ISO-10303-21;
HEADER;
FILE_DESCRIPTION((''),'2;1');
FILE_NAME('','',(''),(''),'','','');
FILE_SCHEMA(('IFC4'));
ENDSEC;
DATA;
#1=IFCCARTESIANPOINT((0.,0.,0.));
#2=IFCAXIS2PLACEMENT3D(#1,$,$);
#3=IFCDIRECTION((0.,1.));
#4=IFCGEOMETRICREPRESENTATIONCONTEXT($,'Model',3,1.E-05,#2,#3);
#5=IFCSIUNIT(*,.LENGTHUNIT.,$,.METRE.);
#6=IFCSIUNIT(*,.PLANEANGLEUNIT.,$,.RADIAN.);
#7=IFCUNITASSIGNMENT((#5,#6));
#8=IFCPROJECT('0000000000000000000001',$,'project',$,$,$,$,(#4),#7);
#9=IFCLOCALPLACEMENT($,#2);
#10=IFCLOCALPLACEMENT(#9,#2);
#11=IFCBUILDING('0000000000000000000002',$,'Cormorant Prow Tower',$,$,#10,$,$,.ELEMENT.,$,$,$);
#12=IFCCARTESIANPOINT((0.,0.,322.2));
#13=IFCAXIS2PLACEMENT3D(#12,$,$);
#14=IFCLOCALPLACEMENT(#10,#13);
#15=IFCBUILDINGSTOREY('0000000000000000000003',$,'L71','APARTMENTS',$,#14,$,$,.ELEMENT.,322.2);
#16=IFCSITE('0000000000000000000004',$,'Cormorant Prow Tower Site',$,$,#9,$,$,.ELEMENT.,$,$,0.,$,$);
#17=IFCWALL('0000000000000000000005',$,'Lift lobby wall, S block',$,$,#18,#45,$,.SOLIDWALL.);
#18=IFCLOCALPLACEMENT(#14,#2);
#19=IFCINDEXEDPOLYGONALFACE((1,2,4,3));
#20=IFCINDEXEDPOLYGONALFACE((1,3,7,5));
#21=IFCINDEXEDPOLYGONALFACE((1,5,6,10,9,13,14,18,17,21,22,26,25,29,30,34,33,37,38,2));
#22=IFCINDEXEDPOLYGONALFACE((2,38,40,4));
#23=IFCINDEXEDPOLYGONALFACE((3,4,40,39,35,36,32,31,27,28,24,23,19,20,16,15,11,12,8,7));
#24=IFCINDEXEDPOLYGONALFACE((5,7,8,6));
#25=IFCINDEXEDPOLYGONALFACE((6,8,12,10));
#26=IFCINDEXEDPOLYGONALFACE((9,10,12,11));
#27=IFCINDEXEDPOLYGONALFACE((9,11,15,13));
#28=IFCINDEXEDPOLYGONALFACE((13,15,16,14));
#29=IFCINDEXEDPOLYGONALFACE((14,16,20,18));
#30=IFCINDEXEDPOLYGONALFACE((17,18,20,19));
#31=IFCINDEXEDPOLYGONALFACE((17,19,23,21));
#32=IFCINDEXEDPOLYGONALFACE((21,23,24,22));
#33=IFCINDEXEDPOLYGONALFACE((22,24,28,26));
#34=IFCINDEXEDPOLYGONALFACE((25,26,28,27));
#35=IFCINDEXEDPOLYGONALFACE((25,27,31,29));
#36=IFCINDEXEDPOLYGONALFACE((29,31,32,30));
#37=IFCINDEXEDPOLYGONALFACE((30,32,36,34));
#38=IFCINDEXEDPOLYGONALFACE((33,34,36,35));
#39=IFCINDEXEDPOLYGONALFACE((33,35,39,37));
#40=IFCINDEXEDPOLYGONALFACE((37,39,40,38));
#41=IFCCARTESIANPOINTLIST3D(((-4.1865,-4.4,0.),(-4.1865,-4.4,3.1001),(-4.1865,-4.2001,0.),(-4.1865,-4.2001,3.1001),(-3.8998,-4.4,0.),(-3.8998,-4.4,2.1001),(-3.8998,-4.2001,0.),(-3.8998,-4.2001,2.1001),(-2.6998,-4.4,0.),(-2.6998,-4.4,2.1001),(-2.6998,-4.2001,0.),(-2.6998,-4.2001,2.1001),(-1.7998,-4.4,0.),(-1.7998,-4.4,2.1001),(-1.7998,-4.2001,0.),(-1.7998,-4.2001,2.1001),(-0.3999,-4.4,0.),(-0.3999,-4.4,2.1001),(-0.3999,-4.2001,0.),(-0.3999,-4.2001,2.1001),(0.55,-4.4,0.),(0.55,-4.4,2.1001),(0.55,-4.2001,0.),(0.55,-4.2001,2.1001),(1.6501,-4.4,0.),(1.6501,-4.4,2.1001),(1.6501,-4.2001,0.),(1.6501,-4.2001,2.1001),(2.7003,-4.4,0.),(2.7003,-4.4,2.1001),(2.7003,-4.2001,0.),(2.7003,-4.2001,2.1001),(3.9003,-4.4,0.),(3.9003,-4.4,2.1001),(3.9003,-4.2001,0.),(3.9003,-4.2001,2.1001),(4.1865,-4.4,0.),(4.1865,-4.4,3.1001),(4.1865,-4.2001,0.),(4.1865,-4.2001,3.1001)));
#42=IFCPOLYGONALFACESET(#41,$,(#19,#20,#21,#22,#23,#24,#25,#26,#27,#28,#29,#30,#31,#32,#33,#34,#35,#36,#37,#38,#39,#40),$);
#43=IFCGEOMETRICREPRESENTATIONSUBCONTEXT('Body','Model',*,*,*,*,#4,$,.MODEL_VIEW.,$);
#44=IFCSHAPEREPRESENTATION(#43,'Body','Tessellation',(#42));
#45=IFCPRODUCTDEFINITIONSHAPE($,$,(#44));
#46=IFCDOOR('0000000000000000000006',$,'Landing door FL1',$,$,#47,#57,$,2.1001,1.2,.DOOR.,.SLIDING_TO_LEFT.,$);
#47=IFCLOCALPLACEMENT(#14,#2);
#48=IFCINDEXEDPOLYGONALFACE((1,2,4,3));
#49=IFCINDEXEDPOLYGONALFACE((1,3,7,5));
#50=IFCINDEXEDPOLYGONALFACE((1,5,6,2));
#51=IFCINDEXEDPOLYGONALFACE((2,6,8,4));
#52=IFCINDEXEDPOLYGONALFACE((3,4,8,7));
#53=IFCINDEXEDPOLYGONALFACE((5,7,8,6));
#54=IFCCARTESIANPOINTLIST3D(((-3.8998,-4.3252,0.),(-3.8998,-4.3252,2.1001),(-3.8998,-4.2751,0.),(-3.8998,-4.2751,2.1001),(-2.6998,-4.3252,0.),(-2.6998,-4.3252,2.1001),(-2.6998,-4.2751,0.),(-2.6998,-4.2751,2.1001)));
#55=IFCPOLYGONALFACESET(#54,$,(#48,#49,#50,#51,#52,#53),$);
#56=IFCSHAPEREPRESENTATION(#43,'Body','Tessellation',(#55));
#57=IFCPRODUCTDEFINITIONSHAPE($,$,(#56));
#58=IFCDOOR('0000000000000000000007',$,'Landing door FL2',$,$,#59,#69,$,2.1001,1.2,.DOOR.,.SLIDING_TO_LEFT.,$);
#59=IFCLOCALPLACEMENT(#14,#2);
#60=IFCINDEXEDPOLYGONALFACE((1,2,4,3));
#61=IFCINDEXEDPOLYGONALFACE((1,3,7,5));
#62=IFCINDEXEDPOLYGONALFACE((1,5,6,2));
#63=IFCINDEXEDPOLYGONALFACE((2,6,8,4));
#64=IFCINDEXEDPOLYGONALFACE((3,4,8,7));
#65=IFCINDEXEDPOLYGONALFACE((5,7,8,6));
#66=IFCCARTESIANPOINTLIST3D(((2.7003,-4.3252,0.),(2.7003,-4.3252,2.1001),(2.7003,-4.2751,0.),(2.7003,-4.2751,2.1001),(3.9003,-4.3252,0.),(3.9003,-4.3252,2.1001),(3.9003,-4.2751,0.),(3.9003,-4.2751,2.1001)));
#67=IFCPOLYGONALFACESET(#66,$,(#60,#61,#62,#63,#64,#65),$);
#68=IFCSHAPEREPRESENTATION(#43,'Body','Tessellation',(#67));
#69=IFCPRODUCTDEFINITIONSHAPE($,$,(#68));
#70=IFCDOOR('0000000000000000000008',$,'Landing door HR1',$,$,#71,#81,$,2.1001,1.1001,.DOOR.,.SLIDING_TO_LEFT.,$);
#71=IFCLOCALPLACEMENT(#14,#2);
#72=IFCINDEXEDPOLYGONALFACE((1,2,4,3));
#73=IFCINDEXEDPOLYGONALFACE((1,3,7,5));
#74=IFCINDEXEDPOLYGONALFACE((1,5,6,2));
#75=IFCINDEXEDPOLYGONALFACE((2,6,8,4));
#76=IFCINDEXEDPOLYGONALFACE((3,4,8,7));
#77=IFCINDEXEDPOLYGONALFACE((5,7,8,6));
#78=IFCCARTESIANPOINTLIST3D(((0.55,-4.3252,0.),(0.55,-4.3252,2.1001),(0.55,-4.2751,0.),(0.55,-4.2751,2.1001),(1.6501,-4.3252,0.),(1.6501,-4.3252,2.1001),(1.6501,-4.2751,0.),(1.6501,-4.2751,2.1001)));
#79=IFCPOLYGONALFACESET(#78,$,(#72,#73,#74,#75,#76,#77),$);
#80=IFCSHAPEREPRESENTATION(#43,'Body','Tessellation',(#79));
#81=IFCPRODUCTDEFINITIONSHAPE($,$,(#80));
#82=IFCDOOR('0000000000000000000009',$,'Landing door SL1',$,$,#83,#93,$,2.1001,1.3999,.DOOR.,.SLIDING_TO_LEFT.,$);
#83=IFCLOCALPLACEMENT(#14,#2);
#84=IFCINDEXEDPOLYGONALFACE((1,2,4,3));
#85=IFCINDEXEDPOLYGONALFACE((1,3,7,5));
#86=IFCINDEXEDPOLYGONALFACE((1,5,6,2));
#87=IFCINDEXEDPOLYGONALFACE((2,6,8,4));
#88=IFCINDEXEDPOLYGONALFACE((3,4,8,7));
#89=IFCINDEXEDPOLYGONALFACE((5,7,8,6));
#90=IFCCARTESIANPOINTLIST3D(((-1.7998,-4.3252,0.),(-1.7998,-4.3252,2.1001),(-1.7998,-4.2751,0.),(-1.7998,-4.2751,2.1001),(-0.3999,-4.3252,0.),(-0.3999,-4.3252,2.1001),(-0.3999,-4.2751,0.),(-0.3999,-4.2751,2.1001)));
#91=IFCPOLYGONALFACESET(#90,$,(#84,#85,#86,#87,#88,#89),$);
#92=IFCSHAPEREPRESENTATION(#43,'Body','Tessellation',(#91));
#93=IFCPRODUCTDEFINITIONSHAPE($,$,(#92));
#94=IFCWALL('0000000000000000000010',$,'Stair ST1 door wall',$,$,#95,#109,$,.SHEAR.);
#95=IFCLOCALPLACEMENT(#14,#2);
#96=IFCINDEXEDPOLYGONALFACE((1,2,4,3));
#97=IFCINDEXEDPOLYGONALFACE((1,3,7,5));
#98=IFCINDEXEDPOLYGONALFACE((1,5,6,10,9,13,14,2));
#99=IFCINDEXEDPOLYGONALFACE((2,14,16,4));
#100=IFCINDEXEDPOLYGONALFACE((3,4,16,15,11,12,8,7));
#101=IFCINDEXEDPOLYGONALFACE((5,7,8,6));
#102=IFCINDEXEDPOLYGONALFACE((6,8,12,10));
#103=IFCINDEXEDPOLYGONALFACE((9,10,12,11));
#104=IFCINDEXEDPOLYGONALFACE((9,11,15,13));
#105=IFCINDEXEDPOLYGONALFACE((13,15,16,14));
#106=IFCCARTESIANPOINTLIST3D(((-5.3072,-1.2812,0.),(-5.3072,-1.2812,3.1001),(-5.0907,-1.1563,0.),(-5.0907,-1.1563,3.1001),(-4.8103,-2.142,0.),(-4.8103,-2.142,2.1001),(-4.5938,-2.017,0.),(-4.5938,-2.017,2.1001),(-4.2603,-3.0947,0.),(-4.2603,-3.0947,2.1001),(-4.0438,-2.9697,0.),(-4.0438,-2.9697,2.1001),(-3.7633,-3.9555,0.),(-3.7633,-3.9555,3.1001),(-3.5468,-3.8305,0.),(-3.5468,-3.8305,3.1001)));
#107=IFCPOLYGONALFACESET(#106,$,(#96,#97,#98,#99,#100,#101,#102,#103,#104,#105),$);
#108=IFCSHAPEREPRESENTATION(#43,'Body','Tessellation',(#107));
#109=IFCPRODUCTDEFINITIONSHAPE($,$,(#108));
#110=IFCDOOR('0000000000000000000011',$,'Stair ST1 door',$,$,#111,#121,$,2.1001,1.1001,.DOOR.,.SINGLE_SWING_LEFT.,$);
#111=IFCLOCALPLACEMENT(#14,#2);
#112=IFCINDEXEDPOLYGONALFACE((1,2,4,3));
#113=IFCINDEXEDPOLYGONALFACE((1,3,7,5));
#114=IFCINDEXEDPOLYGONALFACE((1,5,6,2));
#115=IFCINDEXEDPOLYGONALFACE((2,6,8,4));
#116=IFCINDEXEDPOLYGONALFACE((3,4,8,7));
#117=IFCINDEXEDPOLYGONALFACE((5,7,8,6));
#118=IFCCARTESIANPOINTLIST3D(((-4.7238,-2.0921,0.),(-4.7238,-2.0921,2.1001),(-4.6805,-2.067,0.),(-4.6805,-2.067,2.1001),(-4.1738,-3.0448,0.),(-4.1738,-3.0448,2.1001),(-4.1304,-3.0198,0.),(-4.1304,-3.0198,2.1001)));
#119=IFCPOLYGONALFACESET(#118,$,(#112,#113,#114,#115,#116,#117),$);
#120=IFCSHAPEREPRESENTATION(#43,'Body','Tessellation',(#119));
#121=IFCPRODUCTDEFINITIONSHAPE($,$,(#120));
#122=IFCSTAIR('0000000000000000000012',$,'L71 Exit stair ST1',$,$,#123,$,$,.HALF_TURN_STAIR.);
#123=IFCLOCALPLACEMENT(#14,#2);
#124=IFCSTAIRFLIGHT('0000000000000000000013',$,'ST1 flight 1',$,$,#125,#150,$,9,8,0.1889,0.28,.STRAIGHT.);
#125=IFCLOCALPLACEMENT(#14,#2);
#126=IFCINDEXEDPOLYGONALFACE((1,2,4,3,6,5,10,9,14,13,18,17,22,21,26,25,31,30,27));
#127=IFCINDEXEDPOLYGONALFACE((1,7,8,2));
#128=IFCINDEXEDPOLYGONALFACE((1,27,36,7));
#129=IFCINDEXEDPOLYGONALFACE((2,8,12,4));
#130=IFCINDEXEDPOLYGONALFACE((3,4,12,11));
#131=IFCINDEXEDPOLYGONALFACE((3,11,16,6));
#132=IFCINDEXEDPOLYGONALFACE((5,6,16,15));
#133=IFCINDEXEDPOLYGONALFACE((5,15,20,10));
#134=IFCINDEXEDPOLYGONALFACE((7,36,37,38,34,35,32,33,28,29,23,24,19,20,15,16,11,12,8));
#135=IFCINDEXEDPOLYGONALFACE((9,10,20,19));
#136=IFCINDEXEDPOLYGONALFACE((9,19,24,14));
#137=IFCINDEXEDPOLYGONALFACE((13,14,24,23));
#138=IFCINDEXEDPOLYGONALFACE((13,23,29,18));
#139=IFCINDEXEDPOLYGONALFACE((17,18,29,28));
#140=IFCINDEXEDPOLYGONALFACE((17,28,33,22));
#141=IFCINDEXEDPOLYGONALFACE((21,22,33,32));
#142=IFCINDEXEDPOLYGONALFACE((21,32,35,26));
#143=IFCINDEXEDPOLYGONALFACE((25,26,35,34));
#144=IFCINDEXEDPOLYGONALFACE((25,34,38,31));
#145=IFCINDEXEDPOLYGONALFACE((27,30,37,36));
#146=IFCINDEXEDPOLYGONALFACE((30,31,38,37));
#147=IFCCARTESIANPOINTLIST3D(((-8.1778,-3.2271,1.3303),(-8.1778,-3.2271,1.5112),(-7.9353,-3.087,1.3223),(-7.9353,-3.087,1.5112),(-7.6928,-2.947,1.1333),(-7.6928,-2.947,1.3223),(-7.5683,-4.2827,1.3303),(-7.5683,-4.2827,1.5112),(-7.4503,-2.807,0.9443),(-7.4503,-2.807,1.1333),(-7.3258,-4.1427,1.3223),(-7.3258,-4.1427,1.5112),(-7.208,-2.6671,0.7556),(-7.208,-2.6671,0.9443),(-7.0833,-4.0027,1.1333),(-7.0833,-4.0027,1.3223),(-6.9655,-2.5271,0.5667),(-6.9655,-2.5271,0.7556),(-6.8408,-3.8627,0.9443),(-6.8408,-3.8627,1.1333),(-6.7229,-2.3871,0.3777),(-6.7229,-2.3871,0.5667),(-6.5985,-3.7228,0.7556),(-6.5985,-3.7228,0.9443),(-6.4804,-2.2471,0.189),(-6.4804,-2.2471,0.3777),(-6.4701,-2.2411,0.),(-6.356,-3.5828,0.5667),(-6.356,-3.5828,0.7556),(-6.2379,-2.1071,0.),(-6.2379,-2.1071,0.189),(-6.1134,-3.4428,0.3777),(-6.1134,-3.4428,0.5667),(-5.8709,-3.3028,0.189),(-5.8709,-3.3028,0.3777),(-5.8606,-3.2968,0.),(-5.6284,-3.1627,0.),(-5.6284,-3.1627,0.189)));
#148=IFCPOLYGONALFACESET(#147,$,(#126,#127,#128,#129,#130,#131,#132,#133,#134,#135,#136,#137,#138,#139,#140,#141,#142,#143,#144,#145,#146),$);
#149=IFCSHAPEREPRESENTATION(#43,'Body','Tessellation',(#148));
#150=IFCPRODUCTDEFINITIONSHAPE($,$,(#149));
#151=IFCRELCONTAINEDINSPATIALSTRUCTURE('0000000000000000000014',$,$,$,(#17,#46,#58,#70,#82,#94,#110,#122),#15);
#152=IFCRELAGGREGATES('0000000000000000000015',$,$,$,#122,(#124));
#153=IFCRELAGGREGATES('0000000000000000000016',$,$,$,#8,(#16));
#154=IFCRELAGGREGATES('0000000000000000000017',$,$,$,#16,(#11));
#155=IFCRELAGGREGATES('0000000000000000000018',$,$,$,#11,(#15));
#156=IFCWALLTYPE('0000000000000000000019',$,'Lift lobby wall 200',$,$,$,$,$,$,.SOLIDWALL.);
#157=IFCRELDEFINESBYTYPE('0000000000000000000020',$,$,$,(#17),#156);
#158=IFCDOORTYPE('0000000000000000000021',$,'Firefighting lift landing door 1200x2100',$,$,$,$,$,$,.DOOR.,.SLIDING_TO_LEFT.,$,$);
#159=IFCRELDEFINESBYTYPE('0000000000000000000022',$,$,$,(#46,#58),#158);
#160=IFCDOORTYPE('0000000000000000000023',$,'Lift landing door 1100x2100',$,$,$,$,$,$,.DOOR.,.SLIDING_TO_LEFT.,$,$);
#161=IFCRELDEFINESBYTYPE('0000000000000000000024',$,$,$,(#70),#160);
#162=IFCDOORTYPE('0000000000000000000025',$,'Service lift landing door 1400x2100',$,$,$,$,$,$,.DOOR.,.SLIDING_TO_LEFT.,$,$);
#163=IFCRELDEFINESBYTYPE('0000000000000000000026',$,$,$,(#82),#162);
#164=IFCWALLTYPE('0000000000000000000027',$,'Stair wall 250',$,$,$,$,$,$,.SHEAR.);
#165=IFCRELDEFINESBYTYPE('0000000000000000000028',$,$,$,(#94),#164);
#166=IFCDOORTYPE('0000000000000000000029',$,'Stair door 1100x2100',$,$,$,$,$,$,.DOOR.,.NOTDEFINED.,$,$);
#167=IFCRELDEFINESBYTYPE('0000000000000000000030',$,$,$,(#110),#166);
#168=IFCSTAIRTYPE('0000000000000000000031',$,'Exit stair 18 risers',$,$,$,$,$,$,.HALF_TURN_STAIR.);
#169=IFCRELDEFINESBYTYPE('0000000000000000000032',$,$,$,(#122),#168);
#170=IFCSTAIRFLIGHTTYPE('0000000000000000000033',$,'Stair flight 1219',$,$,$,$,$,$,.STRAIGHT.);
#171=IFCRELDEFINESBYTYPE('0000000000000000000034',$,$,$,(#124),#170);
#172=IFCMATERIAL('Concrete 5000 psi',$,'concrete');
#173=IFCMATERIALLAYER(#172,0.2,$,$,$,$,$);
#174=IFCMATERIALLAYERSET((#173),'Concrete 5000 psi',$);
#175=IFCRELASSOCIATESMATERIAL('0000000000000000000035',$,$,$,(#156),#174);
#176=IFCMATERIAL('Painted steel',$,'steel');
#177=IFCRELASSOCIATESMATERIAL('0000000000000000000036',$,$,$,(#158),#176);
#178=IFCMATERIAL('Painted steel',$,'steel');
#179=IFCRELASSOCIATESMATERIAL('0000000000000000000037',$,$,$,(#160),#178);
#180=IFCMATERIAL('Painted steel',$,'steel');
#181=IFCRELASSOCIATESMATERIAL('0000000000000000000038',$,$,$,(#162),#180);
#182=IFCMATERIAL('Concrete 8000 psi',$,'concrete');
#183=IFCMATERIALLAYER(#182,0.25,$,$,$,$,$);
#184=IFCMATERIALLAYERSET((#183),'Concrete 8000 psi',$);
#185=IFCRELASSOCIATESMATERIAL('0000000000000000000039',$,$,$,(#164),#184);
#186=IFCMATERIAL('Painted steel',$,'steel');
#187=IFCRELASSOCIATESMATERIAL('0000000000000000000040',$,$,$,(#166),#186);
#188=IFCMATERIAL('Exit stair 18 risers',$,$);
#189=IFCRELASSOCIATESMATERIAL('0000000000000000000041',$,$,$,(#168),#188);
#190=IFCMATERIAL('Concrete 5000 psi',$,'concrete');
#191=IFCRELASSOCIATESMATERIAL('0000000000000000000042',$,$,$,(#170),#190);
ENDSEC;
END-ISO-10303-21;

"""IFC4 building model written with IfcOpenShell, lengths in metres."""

from ifc_helpers import new_model, si_unit, direction, frame, frame_2d, origin, place, context, subcontext, project, spatial, polyline, rectangle, outline, extrude, material, layer, layer_set, type_object, element, fill, aggregate, save


model = new_model("IFC4")

# Units and contexts
model_context = context("Model", 3, precision=1e-05, world=origin(), true_north=direction((0.0, 1.0)))
body_context = subcontext(model_context, "Body", "Model", "MODEL_VIEW")
ifc_project = project(units=[si_unit("LENGTHUNIT", "METRE"), si_unit("PLANEANGLEUNIT", "RADIAN")], contexts=[model_context])

# Site, building, storey
site_placement = place(None, origin())
site = spatial("IfcSite", under=ifc_project, at=site_placement, Name="Cormorant Prow Tower Site", CompositionType="ELEMENT", RefElevation=0.0)
building_placement = place(site_placement, origin())
building = spatial("IfcBuilding", under=site, at=building_placement, Name="Cormorant Prow Tower", CompositionType="ELEMENT")
storey_placement = place(building_placement, frame((0.0, 0.0, 322.2)))
storey = spatial("IfcBuildingStorey", under=building, at=storey_placement, Name="L71", Description="APARTMENTS", CompositionType="ELEMENT", Elevation=322.2)

# Wall, openings, doors
ifc_material_1 = material(Name="Concrete 5000 psi", Category="concrete")
ifc_layer_1 = layer(ifc_material_1, 0.2)
ifc_layer_set_1 = layer_set([ifc_layer_1], Name="Concrete 5000 psi")
wall_type_1 = type_object("IfcWallType", Name="Lift lobby wall 200", PredefinedType="SOLIDWALL", material=ifc_layer_set_1)
wall_1_placement = place(storey_placement, frame((-4.1865, -4.3, 0.0), z_axis=(0.0, 0.0, 1.0), x_axis=(1.0, 0.0, 0.0)))
wall_1 = element("IfcWall", 1, at=wall_1_placement, inside=storey, type_object=wall_type_1, Name="Lift lobby wall, S block", PredefinedType="SOLIDWALL", context=body_context, shape_type="SweptSolid", body=[
    extrude(rectangle(XDim=8.373, YDim=0.2, at=frame_2d((4.1865, 0.0))), origin(), (0.0, 0.0, 1.0), 3.1001),
])
opening_1_placement = place(wall_1_placement, frame((0.2866, 0.0, 0.0)))
opening_1 = element("IfcOpeningElement", 2, at=opening_1_placement, cuts=wall_1, PredefinedType="OPENING", context=body_context, shape_type="SweptSolid", body=[
    extrude(rectangle(XDim=1.2, YDim=2.1001, at=frame_2d((0.6001, 1.05))), frame((0.0, 0.1099, 0.0), z_axis=(0.0, -1.0, 0.0), x_axis=(1.0, 0.0, 0.0)), (0.0, 0.0, 1.0), 0.22),
])
opening_2_placement = place(wall_1_placement, frame((2.3867, 0.0, 0.0)))
opening_2 = element("IfcOpeningElement", 3, at=opening_2_placement, cuts=wall_1, PredefinedType="OPENING", context=body_context, shape_type="SweptSolid", body=[
    extrude(rectangle(XDim=1.3999, YDim=2.1001, at=frame_2d((0.7, 1.05))), frame((0.0, 0.1099, 0.0), z_axis=(0.0, -1.0, 0.0), x_axis=(1.0, 0.0, 0.0)), (0.0, 0.0, 1.0), 0.22),
])
opening_3_placement = place(wall_1_placement, frame((4.7366, 0.0, 0.0)))
opening_3 = element("IfcOpeningElement", 4, at=opening_3_placement, cuts=wall_1, PredefinedType="OPENING", context=body_context, shape_type="SweptSolid", body=[
    extrude(rectangle(XDim=1.1001, YDim=2.1001, at=frame_2d((0.55, 1.05))), frame((0.0, 0.1099, 0.0), z_axis=(0.0, -1.0, 0.0), x_axis=(1.0, 0.0, 0.0)), (0.0, 0.0, 1.0), 0.22),
])
opening_4_placement = place(wall_1_placement, frame((6.8867, 0.0, 0.0)))
opening_4 = element("IfcOpeningElement", 5, at=opening_4_placement, cuts=wall_1, PredefinedType="OPENING", context=body_context, shape_type="SweptSolid", body=[
    extrude(rectangle(XDim=1.2, YDim=2.1001, at=frame_2d((0.6001, 1.05))), frame((0.0, 0.1099, 0.0), z_axis=(0.0, -1.0, 0.0), x_axis=(1.0, 0.0, 0.0)), (0.0, 0.0, 1.0), 0.22),
])
ifc_material_2 = material(Name="Painted steel", Category="steel")
door_type_1 = type_object("IfcDoorType", Name="Firefighting lift landing door 1200x2100", OperationType="SLIDING_TO_LEFT", PredefinedType="DOOR", material=ifc_material_2)
door_1_placement = place(opening_1_placement, origin())
door_1 = element("IfcDoor", 6, at=door_1_placement, inside=storey, type_object=door_type_1, Name="Landing door FL1", OperationType="SLIDING_TO_LEFT", OverallHeight=2.1001, OverallWidth=1.2, PredefinedType="DOOR", context=body_context, shape_type="SweptSolid", body=[
    extrude(rectangle(XDim=1.2, YDim=2.1001, at=frame_2d((0.6001, 1.05))), frame((0.0, 0.0249, 0.0), z_axis=(0.0, -1.0, 0.0), x_axis=(1.0, 0.0, 0.0)), (0.0, 0.0, 1.0), 0.05),
])
fill(opening_1, door_1)
door_2_placement = place(opening_4_placement, origin())
door_2 = element("IfcDoor", 7, at=door_2_placement, inside=storey, type_object=door_type_1, Name="Landing door FL2", OperationType="SLIDING_TO_LEFT", OverallHeight=2.1001, OverallWidth=1.2, PredefinedType="DOOR", context=body_context, shape_type="SweptSolid", body=[
    extrude(rectangle(XDim=1.2, YDim=2.1001, at=frame_2d((0.6001, 1.05))), frame((0.0, 0.0249, 0.0), z_axis=(0.0, -1.0, 0.0), x_axis=(1.0, 0.0, 0.0)), (0.0, 0.0, 1.0), 0.05),
])
fill(opening_4, door_2)
ifc_material_3 = material(Name="Painted steel", Category="steel")
door_type_2 = type_object("IfcDoorType", Name="Lift landing door 1100x2100", OperationType="SLIDING_TO_LEFT", PredefinedType="DOOR", material=ifc_material_3)
door_3_placement = place(opening_3_placement, origin())
door_3 = element("IfcDoor", 8, at=door_3_placement, inside=storey, type_object=door_type_2, Name="Landing door HR1", OperationType="SLIDING_TO_LEFT", OverallHeight=2.1001, OverallWidth=1.1001, PredefinedType="DOOR", context=body_context, shape_type="SweptSolid", body=[
    extrude(rectangle(XDim=1.1001, YDim=2.1001, at=frame_2d((0.55, 1.05))), frame((0.0, 0.0249, 0.0), z_axis=(0.0, -1.0, 0.0), x_axis=(1.0, 0.0, 0.0)), (0.0, 0.0, 1.0), 0.05),
])
fill(opening_3, door_3)
ifc_material_4 = material(Name="Painted steel", Category="steel")
door_type_3 = type_object("IfcDoorType", Name="Service lift landing door 1400x2100", OperationType="SLIDING_TO_LEFT", PredefinedType="DOOR", material=ifc_material_4)
door_4_placement = place(opening_2_placement, origin())
door_4 = element("IfcDoor", 9, at=door_4_placement, inside=storey, type_object=door_type_3, Name="Landing door SL1", OperationType="SLIDING_TO_LEFT", OverallHeight=2.1001, OverallWidth=1.3999, PredefinedType="DOOR", context=body_context, shape_type="SweptSolid", body=[
    extrude(rectangle(XDim=1.3999, YDim=2.1001, at=frame_2d((0.7, 1.05))), frame((0.0, 0.0249, 0.0), z_axis=(0.0, -1.0, 0.0), x_axis=(1.0, 0.0, 0.0)), (0.0, 0.0, 1.0), 0.05),
])
fill(opening_2, door_4)

# Wall, opening, door
ifc_material_5 = material(Name="Concrete 8000 psi", Category="concrete")
ifc_layer_2 = layer(ifc_material_5, 0.25)
ifc_layer_set_2 = layer_set([ifc_layer_2], Name="Concrete 8000 psi")
wall_type_2 = type_object("IfcWallType", Name="Stair wall 250", PredefinedType="SHEAR", material=ifc_layer_set_2)
wall_2_placement = place(storey_placement, frame((-5.199, -1.2188, 0.0), z_axis=(0.0, 0.0, 1.0), x_axis=(0.499983, -0.866035, 0.0)))
wall_2 = element("IfcWall", 10, at=wall_2_placement, inside=storey, type_object=wall_type_2, Name="Stair ST1 door wall", PredefinedType="SHEAR", context=body_context, shape_type="SweptSolid", body=[
    extrude(rectangle(XDim=3.0879, YDim=0.25, at=frame_2d((1.5439, 0.0))), origin(), (0.0, 0.0, 1.0), 3.1001),
])
opening_5_placement = place(wall_2_placement, frame((0.9939, 0.0, 0.0)))
opening_5 = element("IfcOpeningElement", 11, at=opening_5_placement, cuts=wall_2, PredefinedType="OPENING", context=body_context, shape_type="SweptSolid", body=[
    extrude(rectangle(XDim=1.1001, YDim=2.1001, at=frame_2d((0.55, 1.05))), frame((0.0, 0.135, 0.0), z_axis=(0.0, -1.0, 0.0), x_axis=(1.0, 0.0, 0.0)), (0.0, 0.0, 1.0), 0.27),
])
ifc_material_6 = material(Name="Painted steel", Category="steel")
door_type_4 = type_object("IfcDoorType", Name="Stair door 1100x2100", OperationType="NOTDEFINED", PredefinedType="DOOR", material=ifc_material_6)
door_5_placement = place(opening_5_placement, origin())
door_5 = element("IfcDoor", 12, at=door_5_placement, inside=storey, type_object=door_type_4, Name="Stair ST1 door", OperationType="SINGLE_SWING_LEFT", OverallHeight=2.1001, OverallWidth=1.1001, PredefinedType="DOOR", context=body_context, shape_type="SweptSolid", body=[
    extrude(rectangle(XDim=1.1001, YDim=2.1001, at=frame_2d((0.55, 1.05))), frame((0.0, 0.0249, 0.0), z_axis=(0.0, -1.0, 0.0), x_axis=(1.0, 0.0, 0.0)), (0.0, 0.0, 1.0), 0.05),
])
fill(opening_5, door_5)

# Stair, stair flight
ifc_material_7 = material(Name="Exit stair 18 risers")
stair_type = type_object("IfcStairType", Name="Exit stair 18 risers", PredefinedType="HALF_TURN_STAIR", material=ifc_material_7)
stair_placement = place(storey_placement, origin())
stair = element("IfcStair", 13, at=stair_placement, inside=storey, type_object=stair_type, Name="L71 Exit stair ST1", PredefinedType="HALF_TURN_STAIR")
ifc_material_8 = material(Name="Concrete 5000 psi", Category="concrete")
stair_flight_type = type_object("IfcStairFlightType", Name="Stair flight 1219", PredefinedType="STRAIGHT", material=ifc_material_8)
stair_flight_1_placement = place(storey_placement, frame((-5.9331, -2.635, 0.0), z_axis=(0.0, 0.0, 1.0), x_axis=(-0.866025, -0.5, 0.0)))
stair_flight_1 = element("IfcStairFlight", 14, at=stair_flight_1_placement, type_object=stair_flight_type, Name="ST1 flight 1", NumberOfRisers=9, NumberOfTreads=8, PredefinedType="STRAIGHT", RiserHeight=0.1889, TreadLength=0.28, context=body_context, shape_type="SweptSolid", body=[
    extrude(outline(polyline([(0.0, 0.0), (0.0, 0.189), (0.28, 0.189), (0.28, 0.3777), (0.5601, 0.3777), (0.5601, 0.5667), (0.8401, 0.5667), (0.8401, 0.7556), (1.1201, 0.7556), (1.1201, 0.9443), (1.3999, 0.9443), (1.3999, 1.1333), (1.6799, 1.1333), (1.6799, 1.3223), (1.96, 1.3223), (1.96, 1.5112), (2.24, 1.5112), (2.24, 1.7), (2.24, 1.3303), (0.2681, 0.0), (0.0, 0.0)])), frame((0.0, 0.6094, 0.0), z_axis=(0.0, -1.0, 0.0), x_axis=(1.0, 0.0, 0.0)), (0.0, 0.0, 1.0), 1.219),
])
aggregate(stair, [stair_flight_1])

save(model, "model.ifc")
